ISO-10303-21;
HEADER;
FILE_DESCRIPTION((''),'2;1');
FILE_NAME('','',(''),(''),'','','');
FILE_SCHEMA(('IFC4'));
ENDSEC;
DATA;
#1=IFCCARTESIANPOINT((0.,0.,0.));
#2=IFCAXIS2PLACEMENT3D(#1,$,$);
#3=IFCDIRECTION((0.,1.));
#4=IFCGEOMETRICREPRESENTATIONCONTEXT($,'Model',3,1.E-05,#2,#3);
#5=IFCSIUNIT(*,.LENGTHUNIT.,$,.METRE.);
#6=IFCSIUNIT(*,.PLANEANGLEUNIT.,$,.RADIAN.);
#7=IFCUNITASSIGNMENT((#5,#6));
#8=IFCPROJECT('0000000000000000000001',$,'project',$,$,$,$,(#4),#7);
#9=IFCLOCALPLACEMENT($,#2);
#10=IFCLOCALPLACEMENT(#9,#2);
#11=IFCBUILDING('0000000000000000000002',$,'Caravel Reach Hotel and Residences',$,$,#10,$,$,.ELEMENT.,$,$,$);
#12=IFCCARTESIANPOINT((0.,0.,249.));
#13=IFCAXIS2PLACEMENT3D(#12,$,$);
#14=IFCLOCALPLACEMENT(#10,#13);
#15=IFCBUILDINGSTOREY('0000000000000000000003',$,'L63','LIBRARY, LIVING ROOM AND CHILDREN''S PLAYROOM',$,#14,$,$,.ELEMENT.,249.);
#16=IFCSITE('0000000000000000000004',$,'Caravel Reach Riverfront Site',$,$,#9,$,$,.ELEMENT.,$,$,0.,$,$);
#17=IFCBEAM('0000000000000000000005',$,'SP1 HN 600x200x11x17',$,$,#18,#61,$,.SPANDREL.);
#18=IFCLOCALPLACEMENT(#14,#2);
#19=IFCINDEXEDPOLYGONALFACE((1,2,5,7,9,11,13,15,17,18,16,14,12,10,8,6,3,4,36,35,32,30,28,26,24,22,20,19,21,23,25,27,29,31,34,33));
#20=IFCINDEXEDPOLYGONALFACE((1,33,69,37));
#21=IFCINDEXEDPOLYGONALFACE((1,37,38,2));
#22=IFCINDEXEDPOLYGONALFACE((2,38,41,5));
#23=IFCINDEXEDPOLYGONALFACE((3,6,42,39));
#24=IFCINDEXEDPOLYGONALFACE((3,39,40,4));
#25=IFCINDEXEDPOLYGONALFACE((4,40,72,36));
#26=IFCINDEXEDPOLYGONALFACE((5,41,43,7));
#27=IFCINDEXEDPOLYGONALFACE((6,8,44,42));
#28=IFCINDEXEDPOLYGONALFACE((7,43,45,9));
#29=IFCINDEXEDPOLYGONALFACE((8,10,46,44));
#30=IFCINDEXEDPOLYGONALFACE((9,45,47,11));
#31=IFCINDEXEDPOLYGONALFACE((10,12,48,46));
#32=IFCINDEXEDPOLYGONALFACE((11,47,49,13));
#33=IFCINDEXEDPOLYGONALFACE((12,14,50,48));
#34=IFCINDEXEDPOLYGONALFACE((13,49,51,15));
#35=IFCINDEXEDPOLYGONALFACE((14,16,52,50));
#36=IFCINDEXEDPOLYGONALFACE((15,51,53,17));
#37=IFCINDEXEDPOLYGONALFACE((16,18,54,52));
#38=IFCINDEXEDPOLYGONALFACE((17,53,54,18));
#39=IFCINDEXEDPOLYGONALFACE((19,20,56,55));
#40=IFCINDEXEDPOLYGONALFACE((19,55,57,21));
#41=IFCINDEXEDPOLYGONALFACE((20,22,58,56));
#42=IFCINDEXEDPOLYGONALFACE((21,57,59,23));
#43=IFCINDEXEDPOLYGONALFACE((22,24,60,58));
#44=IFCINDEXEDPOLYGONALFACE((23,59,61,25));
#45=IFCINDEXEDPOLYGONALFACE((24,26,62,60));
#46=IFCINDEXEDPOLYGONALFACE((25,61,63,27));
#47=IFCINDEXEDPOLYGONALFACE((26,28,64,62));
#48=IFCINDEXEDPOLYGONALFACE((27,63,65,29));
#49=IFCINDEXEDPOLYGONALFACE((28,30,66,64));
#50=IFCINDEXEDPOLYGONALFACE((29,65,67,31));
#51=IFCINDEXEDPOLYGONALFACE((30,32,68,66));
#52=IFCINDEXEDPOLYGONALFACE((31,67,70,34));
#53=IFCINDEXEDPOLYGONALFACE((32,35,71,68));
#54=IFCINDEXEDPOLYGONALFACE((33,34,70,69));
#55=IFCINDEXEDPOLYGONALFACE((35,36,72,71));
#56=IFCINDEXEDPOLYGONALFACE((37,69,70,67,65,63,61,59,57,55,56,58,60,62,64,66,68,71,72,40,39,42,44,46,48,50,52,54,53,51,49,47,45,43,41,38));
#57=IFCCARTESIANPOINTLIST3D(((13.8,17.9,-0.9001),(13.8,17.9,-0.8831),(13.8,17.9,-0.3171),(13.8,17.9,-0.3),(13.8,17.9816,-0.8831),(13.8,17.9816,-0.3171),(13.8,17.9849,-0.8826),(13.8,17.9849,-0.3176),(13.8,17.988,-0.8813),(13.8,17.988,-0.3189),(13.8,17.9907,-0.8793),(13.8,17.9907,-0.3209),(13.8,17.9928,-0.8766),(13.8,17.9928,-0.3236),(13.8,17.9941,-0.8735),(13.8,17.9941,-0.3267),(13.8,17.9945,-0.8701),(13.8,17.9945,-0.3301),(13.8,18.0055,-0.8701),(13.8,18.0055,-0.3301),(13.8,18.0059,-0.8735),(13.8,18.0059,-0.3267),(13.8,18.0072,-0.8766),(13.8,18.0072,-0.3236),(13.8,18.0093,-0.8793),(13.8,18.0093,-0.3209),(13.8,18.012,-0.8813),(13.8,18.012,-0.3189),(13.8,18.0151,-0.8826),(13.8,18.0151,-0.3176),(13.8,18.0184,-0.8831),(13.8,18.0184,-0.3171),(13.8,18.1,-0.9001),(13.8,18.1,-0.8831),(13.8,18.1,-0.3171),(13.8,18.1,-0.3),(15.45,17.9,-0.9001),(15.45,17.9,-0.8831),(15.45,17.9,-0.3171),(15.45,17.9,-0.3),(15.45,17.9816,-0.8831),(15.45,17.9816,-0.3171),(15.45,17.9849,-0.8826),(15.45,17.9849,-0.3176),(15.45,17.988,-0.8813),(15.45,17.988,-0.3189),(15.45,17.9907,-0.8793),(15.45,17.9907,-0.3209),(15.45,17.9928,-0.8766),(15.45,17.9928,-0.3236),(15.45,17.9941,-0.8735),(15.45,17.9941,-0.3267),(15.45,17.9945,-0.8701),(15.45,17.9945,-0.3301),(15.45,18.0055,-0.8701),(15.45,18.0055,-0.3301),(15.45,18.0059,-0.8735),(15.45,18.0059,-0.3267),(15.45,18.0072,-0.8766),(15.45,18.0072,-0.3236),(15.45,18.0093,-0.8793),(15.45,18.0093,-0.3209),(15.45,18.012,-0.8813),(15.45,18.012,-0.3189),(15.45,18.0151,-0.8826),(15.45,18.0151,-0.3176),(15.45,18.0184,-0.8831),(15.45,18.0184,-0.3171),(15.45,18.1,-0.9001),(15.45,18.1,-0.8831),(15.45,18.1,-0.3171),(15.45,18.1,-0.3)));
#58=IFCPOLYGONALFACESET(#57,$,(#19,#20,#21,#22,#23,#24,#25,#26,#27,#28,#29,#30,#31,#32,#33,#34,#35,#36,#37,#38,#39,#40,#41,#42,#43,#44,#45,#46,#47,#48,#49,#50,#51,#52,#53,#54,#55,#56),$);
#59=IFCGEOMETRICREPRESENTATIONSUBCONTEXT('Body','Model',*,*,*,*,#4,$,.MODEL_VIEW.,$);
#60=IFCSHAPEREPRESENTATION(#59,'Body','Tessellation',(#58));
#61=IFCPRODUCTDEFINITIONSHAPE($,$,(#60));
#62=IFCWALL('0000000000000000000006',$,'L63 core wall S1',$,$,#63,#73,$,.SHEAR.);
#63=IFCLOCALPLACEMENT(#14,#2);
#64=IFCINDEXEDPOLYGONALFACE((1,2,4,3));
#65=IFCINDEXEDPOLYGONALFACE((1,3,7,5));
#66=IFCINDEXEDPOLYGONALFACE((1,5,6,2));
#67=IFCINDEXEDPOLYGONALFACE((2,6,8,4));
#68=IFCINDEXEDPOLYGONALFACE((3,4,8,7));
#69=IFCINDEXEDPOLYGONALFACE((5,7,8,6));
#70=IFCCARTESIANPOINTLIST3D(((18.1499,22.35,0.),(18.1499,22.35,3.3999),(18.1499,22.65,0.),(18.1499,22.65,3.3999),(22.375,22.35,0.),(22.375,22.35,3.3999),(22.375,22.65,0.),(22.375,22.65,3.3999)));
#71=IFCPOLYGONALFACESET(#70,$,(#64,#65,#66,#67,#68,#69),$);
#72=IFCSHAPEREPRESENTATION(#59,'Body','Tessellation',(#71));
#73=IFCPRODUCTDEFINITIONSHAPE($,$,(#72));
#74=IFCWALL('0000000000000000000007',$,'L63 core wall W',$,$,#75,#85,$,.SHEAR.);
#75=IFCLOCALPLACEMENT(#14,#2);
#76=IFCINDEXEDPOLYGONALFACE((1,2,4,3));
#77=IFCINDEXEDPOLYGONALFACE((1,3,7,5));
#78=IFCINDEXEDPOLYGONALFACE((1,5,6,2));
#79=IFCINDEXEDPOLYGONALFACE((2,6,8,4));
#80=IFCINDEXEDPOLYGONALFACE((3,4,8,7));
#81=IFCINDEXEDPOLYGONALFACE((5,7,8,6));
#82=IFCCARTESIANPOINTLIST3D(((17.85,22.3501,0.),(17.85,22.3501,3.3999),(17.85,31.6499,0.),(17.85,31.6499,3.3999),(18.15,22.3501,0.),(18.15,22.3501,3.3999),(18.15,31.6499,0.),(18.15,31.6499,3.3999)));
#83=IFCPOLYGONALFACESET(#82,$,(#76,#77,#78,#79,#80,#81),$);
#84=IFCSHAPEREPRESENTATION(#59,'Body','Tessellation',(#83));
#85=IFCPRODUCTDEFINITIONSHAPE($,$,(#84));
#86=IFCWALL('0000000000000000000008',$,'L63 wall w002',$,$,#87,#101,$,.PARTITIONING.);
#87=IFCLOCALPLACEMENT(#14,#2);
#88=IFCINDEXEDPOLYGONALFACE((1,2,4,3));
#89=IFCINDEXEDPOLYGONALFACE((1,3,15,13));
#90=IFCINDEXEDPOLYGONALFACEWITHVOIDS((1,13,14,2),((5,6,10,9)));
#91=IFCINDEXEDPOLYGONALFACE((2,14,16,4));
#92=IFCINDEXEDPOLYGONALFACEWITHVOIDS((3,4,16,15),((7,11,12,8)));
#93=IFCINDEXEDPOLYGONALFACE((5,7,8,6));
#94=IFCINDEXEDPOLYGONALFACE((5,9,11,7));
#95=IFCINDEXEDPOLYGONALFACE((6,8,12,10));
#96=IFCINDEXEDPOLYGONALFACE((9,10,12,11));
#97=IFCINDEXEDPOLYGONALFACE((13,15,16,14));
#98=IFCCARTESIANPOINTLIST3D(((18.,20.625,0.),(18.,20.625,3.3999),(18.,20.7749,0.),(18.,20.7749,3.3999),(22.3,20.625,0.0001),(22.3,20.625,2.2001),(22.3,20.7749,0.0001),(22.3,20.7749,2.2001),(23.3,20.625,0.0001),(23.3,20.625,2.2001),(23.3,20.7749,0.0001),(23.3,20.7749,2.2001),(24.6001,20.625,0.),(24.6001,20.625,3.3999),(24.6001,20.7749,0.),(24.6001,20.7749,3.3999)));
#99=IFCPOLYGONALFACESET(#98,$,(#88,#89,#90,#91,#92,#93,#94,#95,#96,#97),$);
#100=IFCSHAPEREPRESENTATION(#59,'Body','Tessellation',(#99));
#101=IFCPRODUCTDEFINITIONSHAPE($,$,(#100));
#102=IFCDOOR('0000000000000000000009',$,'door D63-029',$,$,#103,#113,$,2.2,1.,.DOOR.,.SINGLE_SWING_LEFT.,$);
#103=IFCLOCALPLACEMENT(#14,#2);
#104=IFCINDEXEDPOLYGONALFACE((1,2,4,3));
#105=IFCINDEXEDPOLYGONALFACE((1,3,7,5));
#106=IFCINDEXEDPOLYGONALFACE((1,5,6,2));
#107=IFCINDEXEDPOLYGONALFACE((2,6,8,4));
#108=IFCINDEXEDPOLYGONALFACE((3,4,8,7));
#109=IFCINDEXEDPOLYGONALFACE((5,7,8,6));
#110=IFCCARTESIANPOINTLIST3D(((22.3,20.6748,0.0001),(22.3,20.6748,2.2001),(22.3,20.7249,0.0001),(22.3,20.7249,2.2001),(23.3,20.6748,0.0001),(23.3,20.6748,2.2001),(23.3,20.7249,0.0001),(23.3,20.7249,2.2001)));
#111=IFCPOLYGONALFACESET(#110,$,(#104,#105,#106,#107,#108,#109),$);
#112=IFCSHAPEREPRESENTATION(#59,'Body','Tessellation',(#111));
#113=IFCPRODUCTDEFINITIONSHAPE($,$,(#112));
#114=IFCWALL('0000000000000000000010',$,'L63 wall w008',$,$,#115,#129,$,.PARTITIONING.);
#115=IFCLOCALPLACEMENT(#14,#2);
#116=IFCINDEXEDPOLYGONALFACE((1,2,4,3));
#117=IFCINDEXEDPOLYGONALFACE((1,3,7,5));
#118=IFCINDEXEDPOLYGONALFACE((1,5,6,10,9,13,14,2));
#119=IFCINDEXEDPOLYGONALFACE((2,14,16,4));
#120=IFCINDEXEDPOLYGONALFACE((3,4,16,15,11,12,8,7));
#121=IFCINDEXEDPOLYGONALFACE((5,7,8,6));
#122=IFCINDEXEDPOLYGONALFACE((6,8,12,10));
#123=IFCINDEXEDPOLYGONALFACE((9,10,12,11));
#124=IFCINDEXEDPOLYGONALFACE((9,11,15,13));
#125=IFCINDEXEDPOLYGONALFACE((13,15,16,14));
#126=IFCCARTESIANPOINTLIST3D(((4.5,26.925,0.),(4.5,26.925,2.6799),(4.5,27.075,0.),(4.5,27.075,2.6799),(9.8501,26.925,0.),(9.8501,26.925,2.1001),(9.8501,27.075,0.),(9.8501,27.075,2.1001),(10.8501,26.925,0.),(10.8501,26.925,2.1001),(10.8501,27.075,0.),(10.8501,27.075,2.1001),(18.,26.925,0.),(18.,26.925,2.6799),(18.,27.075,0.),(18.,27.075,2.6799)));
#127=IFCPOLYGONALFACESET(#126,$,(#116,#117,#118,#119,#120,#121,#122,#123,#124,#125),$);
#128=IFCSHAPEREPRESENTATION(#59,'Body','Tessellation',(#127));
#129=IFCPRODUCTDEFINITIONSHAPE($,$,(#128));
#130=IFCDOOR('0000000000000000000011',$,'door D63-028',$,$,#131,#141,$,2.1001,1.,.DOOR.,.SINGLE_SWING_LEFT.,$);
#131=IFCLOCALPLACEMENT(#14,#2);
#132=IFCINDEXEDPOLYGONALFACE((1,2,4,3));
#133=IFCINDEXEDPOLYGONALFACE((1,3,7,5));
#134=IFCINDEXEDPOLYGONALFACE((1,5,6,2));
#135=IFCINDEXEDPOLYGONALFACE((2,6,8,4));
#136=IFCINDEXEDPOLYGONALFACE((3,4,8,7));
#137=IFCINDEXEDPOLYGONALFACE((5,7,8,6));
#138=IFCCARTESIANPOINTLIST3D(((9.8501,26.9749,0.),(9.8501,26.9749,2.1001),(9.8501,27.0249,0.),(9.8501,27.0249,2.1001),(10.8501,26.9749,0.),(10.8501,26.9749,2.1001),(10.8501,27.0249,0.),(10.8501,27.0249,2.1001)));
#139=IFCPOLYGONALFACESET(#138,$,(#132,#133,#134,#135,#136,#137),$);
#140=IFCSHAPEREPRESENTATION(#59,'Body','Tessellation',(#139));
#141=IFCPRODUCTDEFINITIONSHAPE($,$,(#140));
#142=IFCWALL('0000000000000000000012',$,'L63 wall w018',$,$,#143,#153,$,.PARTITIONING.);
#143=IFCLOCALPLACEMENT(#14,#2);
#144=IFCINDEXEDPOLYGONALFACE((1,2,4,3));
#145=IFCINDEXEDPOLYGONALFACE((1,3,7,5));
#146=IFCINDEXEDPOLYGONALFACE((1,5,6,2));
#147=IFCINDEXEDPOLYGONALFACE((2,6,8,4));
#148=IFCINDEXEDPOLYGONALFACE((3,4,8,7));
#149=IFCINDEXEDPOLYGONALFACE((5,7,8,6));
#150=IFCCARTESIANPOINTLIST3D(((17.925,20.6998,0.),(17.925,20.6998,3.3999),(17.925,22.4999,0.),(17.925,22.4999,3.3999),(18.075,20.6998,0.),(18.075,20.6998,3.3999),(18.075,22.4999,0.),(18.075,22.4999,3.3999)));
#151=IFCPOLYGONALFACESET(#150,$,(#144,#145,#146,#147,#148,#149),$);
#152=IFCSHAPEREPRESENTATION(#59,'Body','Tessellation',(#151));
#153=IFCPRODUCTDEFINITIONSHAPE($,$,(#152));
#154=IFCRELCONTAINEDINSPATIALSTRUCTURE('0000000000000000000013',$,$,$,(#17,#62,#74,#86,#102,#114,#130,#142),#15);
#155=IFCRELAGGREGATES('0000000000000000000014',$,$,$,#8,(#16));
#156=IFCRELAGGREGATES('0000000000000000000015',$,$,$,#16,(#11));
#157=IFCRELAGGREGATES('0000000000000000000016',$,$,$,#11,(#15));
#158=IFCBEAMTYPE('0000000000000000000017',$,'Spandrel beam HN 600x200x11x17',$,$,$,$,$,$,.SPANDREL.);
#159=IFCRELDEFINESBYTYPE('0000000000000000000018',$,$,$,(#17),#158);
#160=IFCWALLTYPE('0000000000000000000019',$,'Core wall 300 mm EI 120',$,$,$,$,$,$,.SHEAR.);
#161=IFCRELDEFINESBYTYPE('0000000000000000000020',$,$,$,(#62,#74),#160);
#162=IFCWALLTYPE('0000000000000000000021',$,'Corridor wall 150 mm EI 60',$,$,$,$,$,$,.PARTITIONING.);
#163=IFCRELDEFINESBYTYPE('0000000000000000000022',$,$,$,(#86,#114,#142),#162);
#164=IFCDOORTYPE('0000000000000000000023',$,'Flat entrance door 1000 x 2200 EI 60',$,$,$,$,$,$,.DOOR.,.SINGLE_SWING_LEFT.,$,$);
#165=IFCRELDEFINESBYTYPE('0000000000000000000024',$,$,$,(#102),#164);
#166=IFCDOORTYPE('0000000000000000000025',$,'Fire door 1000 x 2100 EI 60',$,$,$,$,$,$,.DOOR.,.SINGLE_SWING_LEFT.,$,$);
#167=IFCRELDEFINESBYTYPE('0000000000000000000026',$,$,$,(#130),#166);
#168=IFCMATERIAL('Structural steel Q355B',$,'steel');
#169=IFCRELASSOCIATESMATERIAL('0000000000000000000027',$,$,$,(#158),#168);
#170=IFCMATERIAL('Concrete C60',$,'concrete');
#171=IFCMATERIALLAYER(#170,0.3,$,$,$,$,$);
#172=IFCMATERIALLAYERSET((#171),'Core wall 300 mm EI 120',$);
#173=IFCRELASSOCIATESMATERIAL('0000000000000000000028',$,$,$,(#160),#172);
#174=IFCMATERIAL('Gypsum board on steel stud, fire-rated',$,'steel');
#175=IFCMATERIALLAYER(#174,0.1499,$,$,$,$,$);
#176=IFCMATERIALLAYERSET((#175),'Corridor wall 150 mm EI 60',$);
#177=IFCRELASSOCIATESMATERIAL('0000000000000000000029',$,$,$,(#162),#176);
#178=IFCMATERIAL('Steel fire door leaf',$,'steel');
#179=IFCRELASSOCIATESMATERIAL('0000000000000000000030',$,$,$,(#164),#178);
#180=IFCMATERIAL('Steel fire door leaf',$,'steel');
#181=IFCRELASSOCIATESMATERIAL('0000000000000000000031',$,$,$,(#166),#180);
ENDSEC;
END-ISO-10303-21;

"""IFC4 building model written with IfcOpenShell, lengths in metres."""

from ifc_helpers import new_model, si_unit, direction, frame, frame_2d, origin, origin_2d, place, context, subcontext, project, spatial, rectangle, i_section, extrude, material, layer, layer_set, material_profile, profile_set, type_object, element, fill, save


model = new_model("IFC4")

# Units and contexts
model_context = context("Model", 3, precision=1e-05, world=origin(), true_north=direction((0.0, 1.0)))
body_context = subcontext(model_context, "Body", "Model", "MODEL_VIEW")
ifc_project = project(units=[si_unit("LENGTHUNIT", "METRE"), si_unit("PLANEANGLEUNIT", "RADIAN")], contexts=[model_context])

# Site, building, storey
site_placement = place(None, origin())
site = spatial("IfcSite", under=ifc_project, at=site_placement, Name="Caravel Reach Riverfront Site", CompositionType="ELEMENT", RefElevation=0.0)
building_placement = place(site_placement, origin())
building = spatial("IfcBuilding", under=site, at=building_placement, Name="Caravel Reach Hotel and Residences", CompositionType="ELEMENT")
storey_placement = place(building_placement, frame((0.0, 0.0, 249.0)))
storey = spatial("IfcBuildingStorey", under=building, at=storey_placement, Name="L63", Description="LIBRARY, LIVING ROOM AND CHILDREN'S PLAYROOM", CompositionType="ELEMENT", Elevation=249.0)

# Beam
ifc_material_1 = material(Name="Structural steel Q355B", Category="steel")
ifc_material_profile_1 = material_profile(ifc_material_1, i_section(OverallWidth=0.2, OverallDepth=0.6001, WebThickness=0.011, FlangeThickness=0.0171, FilletRadius=0.0129, at=origin_2d()), Name="HN 600x200x11x17")
ifc_profile_set_1 = profile_set([ifc_material_profile_1], Name="Structural steel Q355B")
beam_type_1 = type_object("IfcBeamType", Name="Spandrel beam HN 600x200x11x17", PredefinedType="SPANDREL", material=ifc_profile_set_1)
beam_1_placement = place(storey_placement, frame((13.8, 18.0, -0.6001), z_axis=(1.0, 0.0, 0.0), x_axis=(0.0, 1.0, 0.0)))
element("IfcBeam", 1, at=beam_1_placement, inside=storey, type_object=beam_type_1, Name="SP1 HN 600x200x11x17", PredefinedType="SPANDREL", context=body_context, shape_type="SweptSolid", body=[
    extrude(i_section(OverallWidth=0.2, OverallDepth=0.6001, WebThickness=0.011, FlangeThickness=0.0171, FilletRadius=0.0129, at=origin_2d()), origin(), (0.0, 0.0, 1.0), 1.6499),
])

# Walls
ifc_material_2 = material(Name="Concrete C60", Category="concrete")
ifc_layer_1 = layer(ifc_material_2, 0.3)
ifc_layer_set_1 = layer_set([ifc_layer_1], Name="Core wall 300 mm EI 120")
wall_type_1 = type_object("IfcWallType", Name="Core wall 300 mm EI 120", PredefinedType="SHEAR", material=ifc_layer_set_1)
wall_1_placement = place(storey_placement, frame((18.1499, 22.5, 0.0), z_axis=(0.0, 0.0, 1.0), x_axis=(1.0, 0.0, 0.0)))
element("IfcWall", 2, at=wall_1_placement, inside=storey, type_object=wall_type_1, Name="L63 core wall S1", PredefinedType="SHEAR", context=body_context, shape_type="SweptSolid", body=[
    extrude(rectangle(XDim=4.2251, YDim=0.3, at=frame_2d((2.1125, 0.0))), origin(), (0.0, 0.0, 1.0), 3.3999),
])
wall_2_placement = place(storey_placement, frame((18.0, 22.3501, 0.0), z_axis=(0.0, 0.0, 1.0), x_axis=(0.0, 1.0, 0.0)))
element("IfcWall", 3, at=wall_2_placement, inside=storey, type_object=wall_type_1, Name="L63 core wall W", PredefinedType="SHEAR", context=body_context, shape_type="SweptSolid", body=[
    extrude(rectangle(XDim=9.2998, YDim=0.3, at=frame_2d((4.6499, 0.0))), origin(), (0.0, 0.0, 1.0), 3.3999),
])

# Walls, openings, doors
ifc_material_3 = material(Name="Gypsum board on steel stud, fire-rated", Category="steel")
ifc_layer_2 = layer(ifc_material_3, 0.1499)
ifc_layer_set_2 = layer_set([ifc_layer_2], Name="Corridor wall 150 mm EI 60")
wall_type_2 = type_object("IfcWallType", Name="Corridor wall 150 mm EI 60", PredefinedType="PARTITIONING", material=ifc_layer_set_2)
wall_3_placement = place(storey_placement, frame((18.0, 20.7, 0.0), z_axis=(0.0, 0.0, 1.0), x_axis=(1.0, 0.0, 0.0)))
wall_3 = element("IfcWall", 4, at=wall_3_placement, inside=storey, type_object=wall_type_2, Name="L63 wall w002", PredefinedType="PARTITIONING", context=body_context, shape_type="SweptSolid", body=[
    extrude(rectangle(XDim=6.6001, YDim=0.1499, at=frame_2d((3.3, 0.0))), origin(), (0.0, 0.0, 1.0), 3.3999),
])
opening_1_placement = place(wall_3_placement, frame((4.3, 0.0, 0.0)))
opening_1 = element("IfcOpeningElement", 5, at=opening_1_placement, cuts=wall_3, PredefinedType="OPENING", context=body_context, shape_type="SweptSolid", body=[
    extrude(rectangle(XDim=1.0, YDim=2.2, at=frame_2d((0.5, 1.1001))), frame((0.0, 0.085, 0.0), z_axis=(0.0, -1.0, 0.0), x_axis=(1.0, 0.0, 0.0)), (0.0, 0.0, 1.0), 0.1699),
])
ifc_material_4 = material(Name="Steel fire door leaf", Category="steel")
door_type_1 = type_object("IfcDoorType", Name="Flat entrance door 1000 x 2200 EI 60", OperationType="SINGLE_SWING_LEFT", PredefinedType="DOOR", material=ifc_material_4)
door_1_placement = place(opening_1_placement, origin())
door_1 = element("IfcDoor", 6, at=door_1_placement, inside=storey, type_object=door_type_1, Name="door D63-029", OperationType="SINGLE_SWING_LEFT", OverallHeight=2.2, OverallWidth=1.0, PredefinedType="DOOR", context=body_context, shape_type="SweptSolid", body=[
    extrude(rectangle(XDim=1.0, YDim=2.2, at=frame_2d((0.5, 1.1001))), frame((0.0, 0.0249, 0.0), z_axis=(0.0, -1.0, 0.0), x_axis=(1.0, 0.0, 0.0)), (0.0, 0.0, 1.0), 0.05),
])
fill(opening_1, door_1)
wall_4_placement = place(storey_placement, frame((4.5, 27.0, 0.0), z_axis=(0.0, 0.0, 1.0), x_axis=(1.0, 0.0, 0.0)))
wall_4 = element("IfcWall", 7, at=wall_4_placement, inside=storey, type_object=wall_type_2, Name="L63 wall w008", PredefinedType="PARTITIONING", context=body_context, shape_type="SweptSolid", body=[
    extrude(rectangle(XDim=13.5, YDim=0.1499, at=frame_2d((6.75, 0.0))), origin(), (0.0, 0.0, 1.0), 2.6799),
])
opening_2_placement = place(wall_4_placement, frame((5.3501, 0.0, 0.0)))
opening_2 = element("IfcOpeningElement", 8, at=opening_2_placement, cuts=wall_4, PredefinedType="OPENING", context=body_context, shape_type="SweptSolid", body=[
    extrude(rectangle(XDim=1.0, YDim=2.1001, at=frame_2d((0.5, 1.05))), frame((0.0, 0.085, 0.0), z_axis=(0.0, -1.0, 0.0), x_axis=(1.0, 0.0, 0.0)), (0.0, 0.0, 1.0), 0.1699),
])
ifc_material_5 = material(Name="Steel fire door leaf", Category="steel")
door_type_2 = type_object("IfcDoorType", Name="Fire door 1000 x 2100 EI 60", OperationType="SINGLE_SWING_LEFT", PredefinedType="DOOR", material=ifc_material_5)
door_2_placement = place(opening_2_placement, origin())
door_2 = element("IfcDoor", 9, at=door_2_placement, inside=storey, type_object=door_type_2, Name="door D63-028", OperationType="SINGLE_SWING_LEFT", OverallHeight=2.1001, OverallWidth=1.0, PredefinedType="DOOR", context=body_context, shape_type="SweptSolid", body=[
    extrude(rectangle(XDim=1.0, YDim=2.1001, at=frame_2d((0.5, 1.05))), frame((0.0, 0.0249, 0.0), z_axis=(0.0, -1.0, 0.0), x_axis=(1.0, 0.0, 0.0)), (0.0, 0.0, 1.0), 0.05),
])
fill(opening_2, door_2)

# Wall
wall_5_placement = place(storey_placement, frame((18.0, 20.7, 0.0), z_axis=(0.0, 0.0, 1.0), x_axis=(0.0, 1.0, 0.0)))
element("IfcWall", 10, at=wall_5_placement, inside=storey, type_object=wall_type_2, Name="L63 wall w018", PredefinedType="PARTITIONING", context=body_context, shape_type="SweptSolid", body=[
    extrude(rectangle(XDim=1.8, YDim=0.1499, at=frame_2d((0.8999, 0.0))), origin(), (0.0, 0.0, 1.0), 3.3999),
])

save(model, "model.ifc")
